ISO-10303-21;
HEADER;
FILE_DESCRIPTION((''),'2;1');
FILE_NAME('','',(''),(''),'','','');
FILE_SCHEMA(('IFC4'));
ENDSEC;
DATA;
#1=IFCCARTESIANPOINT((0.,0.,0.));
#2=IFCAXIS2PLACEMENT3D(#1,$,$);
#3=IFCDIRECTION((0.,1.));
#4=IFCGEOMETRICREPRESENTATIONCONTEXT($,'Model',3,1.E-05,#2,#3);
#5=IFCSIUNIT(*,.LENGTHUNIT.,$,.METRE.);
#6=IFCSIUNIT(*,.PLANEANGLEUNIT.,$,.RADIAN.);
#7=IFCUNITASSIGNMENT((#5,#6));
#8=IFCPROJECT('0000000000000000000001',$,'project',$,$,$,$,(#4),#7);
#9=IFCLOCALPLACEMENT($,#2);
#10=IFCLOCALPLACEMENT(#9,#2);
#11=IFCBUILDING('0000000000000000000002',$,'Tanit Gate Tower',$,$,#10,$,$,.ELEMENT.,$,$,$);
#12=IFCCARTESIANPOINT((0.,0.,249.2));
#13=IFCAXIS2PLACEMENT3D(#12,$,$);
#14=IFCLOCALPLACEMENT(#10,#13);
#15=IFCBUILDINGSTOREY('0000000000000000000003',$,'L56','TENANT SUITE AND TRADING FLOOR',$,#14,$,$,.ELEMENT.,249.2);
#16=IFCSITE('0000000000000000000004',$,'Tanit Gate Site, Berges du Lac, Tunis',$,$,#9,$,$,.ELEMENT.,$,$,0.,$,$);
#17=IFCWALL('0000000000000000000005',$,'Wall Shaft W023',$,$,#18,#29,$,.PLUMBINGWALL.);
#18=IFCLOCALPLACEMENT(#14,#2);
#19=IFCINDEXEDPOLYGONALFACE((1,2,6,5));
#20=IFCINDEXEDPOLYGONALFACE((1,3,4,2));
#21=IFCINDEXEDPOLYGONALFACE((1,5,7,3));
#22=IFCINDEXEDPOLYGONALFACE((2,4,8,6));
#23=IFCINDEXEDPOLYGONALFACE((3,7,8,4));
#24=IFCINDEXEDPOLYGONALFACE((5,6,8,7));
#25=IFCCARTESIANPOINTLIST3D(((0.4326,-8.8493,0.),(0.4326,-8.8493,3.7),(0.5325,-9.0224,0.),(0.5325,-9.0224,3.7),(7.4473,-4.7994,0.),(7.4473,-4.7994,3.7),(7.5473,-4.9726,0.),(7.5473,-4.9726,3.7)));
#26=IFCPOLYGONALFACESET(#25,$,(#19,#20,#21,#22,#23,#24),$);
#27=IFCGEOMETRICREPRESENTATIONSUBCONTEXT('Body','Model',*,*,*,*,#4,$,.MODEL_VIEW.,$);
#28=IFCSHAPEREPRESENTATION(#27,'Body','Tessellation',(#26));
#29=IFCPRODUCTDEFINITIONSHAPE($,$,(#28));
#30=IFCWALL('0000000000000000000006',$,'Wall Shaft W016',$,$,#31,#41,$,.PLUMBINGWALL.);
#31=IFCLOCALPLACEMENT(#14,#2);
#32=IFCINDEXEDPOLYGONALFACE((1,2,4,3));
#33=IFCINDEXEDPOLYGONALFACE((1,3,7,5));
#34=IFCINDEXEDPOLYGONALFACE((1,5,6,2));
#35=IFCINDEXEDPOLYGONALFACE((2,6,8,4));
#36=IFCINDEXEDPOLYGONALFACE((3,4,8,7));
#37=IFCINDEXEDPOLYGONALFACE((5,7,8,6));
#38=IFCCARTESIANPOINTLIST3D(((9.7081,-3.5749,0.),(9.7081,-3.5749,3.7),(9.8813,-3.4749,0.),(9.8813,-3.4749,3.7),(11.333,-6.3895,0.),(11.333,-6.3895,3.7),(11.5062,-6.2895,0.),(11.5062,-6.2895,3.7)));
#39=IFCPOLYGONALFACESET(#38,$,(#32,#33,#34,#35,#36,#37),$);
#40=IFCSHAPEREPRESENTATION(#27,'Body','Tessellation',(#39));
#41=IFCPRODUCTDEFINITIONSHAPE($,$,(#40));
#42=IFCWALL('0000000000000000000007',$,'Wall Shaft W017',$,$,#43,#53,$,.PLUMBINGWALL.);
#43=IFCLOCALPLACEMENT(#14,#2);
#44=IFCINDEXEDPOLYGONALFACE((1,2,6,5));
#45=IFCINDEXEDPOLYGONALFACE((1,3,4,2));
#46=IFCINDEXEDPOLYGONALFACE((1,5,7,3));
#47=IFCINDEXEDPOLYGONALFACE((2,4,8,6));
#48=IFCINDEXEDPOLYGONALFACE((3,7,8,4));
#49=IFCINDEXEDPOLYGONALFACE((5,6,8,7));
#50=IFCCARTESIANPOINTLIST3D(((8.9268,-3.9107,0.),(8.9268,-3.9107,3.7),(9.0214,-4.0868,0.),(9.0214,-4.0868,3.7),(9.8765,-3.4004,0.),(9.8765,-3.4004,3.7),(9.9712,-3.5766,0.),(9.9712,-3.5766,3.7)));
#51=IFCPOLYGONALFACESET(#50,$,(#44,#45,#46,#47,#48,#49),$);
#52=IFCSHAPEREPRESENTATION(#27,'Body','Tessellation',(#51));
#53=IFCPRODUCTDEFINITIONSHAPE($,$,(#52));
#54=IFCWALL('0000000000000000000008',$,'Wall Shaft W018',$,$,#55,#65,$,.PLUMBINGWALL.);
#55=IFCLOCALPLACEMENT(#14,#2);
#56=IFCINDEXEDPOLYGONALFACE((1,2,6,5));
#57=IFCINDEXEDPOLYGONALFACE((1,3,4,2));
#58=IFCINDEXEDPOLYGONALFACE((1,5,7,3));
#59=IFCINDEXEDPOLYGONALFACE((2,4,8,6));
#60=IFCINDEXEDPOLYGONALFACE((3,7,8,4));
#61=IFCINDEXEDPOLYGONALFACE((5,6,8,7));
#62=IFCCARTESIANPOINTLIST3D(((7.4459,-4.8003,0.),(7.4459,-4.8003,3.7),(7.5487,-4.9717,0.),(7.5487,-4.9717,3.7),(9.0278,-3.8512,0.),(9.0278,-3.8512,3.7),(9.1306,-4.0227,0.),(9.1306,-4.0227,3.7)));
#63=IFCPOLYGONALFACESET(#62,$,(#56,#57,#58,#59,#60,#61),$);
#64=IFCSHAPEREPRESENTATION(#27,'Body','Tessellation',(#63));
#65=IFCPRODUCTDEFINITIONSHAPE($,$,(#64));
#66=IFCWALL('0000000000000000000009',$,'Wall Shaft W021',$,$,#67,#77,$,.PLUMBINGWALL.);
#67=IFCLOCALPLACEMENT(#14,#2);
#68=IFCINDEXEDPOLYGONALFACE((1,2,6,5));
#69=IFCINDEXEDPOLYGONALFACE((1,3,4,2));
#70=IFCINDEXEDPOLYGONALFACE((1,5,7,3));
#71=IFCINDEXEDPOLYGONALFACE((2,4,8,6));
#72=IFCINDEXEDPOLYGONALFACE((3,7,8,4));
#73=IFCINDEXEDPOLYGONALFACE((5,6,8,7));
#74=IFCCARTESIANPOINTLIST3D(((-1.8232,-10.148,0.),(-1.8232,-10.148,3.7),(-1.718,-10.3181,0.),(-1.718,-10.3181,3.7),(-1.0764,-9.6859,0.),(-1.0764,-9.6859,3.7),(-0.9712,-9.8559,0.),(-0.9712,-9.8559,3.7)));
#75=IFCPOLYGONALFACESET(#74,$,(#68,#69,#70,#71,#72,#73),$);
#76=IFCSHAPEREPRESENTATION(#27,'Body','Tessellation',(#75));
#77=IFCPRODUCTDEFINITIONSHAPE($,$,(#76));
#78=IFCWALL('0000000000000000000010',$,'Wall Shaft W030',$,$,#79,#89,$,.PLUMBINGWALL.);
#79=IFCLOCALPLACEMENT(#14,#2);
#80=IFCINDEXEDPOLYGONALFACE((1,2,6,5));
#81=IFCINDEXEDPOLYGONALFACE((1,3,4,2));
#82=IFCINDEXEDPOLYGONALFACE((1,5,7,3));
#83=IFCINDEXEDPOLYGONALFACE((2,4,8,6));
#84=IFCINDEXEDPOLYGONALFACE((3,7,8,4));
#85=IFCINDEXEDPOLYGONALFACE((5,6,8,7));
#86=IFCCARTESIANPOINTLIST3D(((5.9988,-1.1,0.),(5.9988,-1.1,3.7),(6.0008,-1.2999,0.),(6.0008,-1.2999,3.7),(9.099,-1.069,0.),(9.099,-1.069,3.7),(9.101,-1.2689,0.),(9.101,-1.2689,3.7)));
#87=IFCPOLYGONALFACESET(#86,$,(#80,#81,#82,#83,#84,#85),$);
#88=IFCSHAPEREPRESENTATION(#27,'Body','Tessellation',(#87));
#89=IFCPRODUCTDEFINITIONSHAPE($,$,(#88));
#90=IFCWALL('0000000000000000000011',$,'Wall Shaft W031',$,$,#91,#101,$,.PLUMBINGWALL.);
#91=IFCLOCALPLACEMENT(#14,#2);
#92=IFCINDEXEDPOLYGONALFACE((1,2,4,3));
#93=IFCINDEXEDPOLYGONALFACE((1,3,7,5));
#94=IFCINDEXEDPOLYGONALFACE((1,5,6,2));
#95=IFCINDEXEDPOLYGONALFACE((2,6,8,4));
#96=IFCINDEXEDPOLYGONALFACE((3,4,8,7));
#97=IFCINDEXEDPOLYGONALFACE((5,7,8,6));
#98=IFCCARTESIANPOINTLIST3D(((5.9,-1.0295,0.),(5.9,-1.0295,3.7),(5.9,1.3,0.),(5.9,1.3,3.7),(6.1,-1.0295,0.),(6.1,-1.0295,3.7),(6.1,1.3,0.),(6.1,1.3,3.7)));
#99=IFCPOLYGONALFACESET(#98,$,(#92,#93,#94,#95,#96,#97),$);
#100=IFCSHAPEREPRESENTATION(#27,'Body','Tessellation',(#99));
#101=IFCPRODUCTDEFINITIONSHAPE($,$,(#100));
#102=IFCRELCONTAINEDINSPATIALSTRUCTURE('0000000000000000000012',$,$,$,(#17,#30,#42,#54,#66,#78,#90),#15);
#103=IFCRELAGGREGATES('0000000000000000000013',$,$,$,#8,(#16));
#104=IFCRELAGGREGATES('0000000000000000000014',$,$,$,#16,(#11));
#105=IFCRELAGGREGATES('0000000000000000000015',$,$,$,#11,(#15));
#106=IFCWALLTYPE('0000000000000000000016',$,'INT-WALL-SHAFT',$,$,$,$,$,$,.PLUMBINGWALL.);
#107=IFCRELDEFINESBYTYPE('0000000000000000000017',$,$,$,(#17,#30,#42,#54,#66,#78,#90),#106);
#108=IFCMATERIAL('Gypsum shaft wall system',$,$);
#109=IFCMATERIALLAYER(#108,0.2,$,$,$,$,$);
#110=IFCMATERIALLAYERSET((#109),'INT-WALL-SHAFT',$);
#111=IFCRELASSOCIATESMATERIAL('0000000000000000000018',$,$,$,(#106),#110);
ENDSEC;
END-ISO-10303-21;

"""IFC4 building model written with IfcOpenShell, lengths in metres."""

from ifc_helpers import new_model, si_unit, direction, frame, frame_2d, origin, place, context, subcontext, project, spatial, rectangle, extrude, material, layer, layer_set, type_object, element, save


model = new_model("IFC4")

# Units and contexts
model_context = context("Model", 3, precision=1e-05, world=origin(), true_north=direction((0.0, 1.0)))
body_context = subcontext(model_context, "Body", "Model", "MODEL_VIEW")
ifc_project = project(units=[si_unit("LENGTHUNIT", "METRE"), si_unit("PLANEANGLEUNIT", "RADIAN")], contexts=[model_context])

# Site, building, storey
site_placement = place(None, origin())
site = spatial("IfcSite", under=ifc_project, at=site_placement, Name="Tanit Gate Site, Berges du Lac, Tunis", CompositionType="ELEMENT", RefElevation=0.0)
building_placement = place(site_placement, origin())
building = spatial("IfcBuilding", under=site, at=building_placement, Name="Tanit Gate Tower", CompositionType="ELEMENT")
storey_placement = place(building_placement, frame((0.0, 0.0, 249.2)))
storey = spatial("IfcBuildingStorey", under=building, at=storey_placement, Name="L56", Description="TENANT SUITE AND TRADING FLOOR", CompositionType="ELEMENT", Elevation=249.2)

# Walls
ifc_material_1 = material(Name="Gypsum shaft wall system")
ifc_layer_1 = layer(ifc_material_1, 0.2)
ifc_layer_set_1 = layer_set([ifc_layer_1], Name="INT-WALL-SHAFT")
wall_type_1 = type_object("IfcWallType", Name="INT-WALL-SHAFT", PredefinedType="PLUMBINGWALL", material=ifc_layer_set_1)
wall_1_placement = place(storey_placement, frame((0.4827, -8.9358, 0.0), z_axis=(0.0, 0.0, 1.0), x_axis=(0.866031, 0.49999, 0.0)))
element("IfcWall", 1, at=wall_1_placement, inside=storey, type_object=wall_type_1, Name="Wall Shaft W023", PredefinedType="PLUMBINGWALL", context=body_context, shape_type="SweptSolid", body=[
    extrude(rectangle(XDim=8.0999, YDim=0.2, at=frame_2d((4.0498, 0.0))), origin(), (0.0, 0.0, 1.0), 3.7),
])
wall_2_placement = place(storey_placement, frame((9.7947, -3.5249, 0.0), z_axis=(0.0, 0.0, 1.0), x_axis=(0.499985, -0.866034, 0.0)))
element("IfcWall", 2, at=wall_2_placement, inside=storey, type_object=wall_type_1, Name="Wall Shaft W016", PredefinedType="PLUMBINGWALL", context=body_context, shape_type="SweptSolid", body=[
    extrude(rectangle(XDim=3.25, YDim=0.2, at=frame_2d((1.625, 0.0))), origin(), (0.0, 0.0, 1.0), 3.7),
])
wall_3_placement = place(storey_placement, frame((8.9741, -3.9988, 0.0), z_axis=(0.0, 0.0, 1.0), x_axis=(0.880907, 0.473289, 0.0)))
element("IfcWall", 3, at=wall_3_placement, inside=storey, type_object=wall_type_1, Name="Wall Shaft W017", PredefinedType="PLUMBINGWALL", context=body_context, shape_type="SweptSolid", body=[
    extrude(rectangle(XDim=1.0781, YDim=0.2, at=frame_2d((0.5391, 0.0))), origin(), (0.0, 0.0, 1.0), 3.7),
])
wall_4_placement = place(storey_placement, frame((7.4973, -4.886, 0.0), z_axis=(0.0, 0.0, 1.0), x_axis=(0.857516, 0.514457, 0.0)))
element("IfcWall", 4, at=wall_4_placement, inside=storey, type_object=wall_type_1, Name="Wall Shaft W018", PredefinedType="PLUMBINGWALL", context=body_context, shape_type="SweptSolid", body=[
    extrude(rectangle(XDim=1.8447, YDim=0.2, at=frame_2d((0.9224, 0.0))), origin(), (0.0, 0.0, 1.0), 3.7),
])
wall_5_placement = place(storey_placement, frame((-1.0239, -9.771, 0.0), z_axis=(0.0, 0.0, 1.0), x_axis=(-0.850348, -0.526221, 0.0)))
element("IfcWall", 5, at=wall_5_placement, inside=storey, type_object=wall_type_1, Name="Wall Shaft W021", PredefinedType="PLUMBINGWALL", context=body_context, shape_type="SweptSolid", body=[
    extrude(rectangle(XDim=0.8782, YDim=0.2, at=frame_2d((0.439, 0.0))), origin(), (0.0, 0.0, 1.0), 3.7),
])
wall_6_placement = place(storey_placement, frame((9.1001, -1.1689, 0.0), z_axis=(0.0, 0.0, 1.0), x_axis=(-0.99995, -0.010001, 0.0)))
element("IfcWall", 6, at=wall_6_placement, inside=storey, type_object=wall_type_1, Name="Wall Shaft W030", PredefinedType="PLUMBINGWALL", context=body_context, shape_type="SweptSolid", body=[
    extrude(rectangle(XDim=3.1003, YDim=0.2, at=frame_2d((1.5503, 0.0))), origin(), (0.0, 0.0, 1.0), 3.7),
])
wall_7_placement = place(storey_placement, frame((6.0, -1.0295, 0.0), z_axis=(0.0, 0.0, 1.0), x_axis=(0.0, 1.0, 0.0)))
element("IfcWall", 7, at=wall_7_placement, inside=storey, type_object=wall_type_1, Name="Wall Shaft W031", PredefinedType="PLUMBINGWALL", context=body_context, shape_type="SweptSolid", body=[
    extrude(rectangle(XDim=2.3296, YDim=0.2, at=frame_2d((1.1648, 0.0))), origin(), (0.0, 0.0, 1.0), 3.7),
])

save(model, "model.ifc")
